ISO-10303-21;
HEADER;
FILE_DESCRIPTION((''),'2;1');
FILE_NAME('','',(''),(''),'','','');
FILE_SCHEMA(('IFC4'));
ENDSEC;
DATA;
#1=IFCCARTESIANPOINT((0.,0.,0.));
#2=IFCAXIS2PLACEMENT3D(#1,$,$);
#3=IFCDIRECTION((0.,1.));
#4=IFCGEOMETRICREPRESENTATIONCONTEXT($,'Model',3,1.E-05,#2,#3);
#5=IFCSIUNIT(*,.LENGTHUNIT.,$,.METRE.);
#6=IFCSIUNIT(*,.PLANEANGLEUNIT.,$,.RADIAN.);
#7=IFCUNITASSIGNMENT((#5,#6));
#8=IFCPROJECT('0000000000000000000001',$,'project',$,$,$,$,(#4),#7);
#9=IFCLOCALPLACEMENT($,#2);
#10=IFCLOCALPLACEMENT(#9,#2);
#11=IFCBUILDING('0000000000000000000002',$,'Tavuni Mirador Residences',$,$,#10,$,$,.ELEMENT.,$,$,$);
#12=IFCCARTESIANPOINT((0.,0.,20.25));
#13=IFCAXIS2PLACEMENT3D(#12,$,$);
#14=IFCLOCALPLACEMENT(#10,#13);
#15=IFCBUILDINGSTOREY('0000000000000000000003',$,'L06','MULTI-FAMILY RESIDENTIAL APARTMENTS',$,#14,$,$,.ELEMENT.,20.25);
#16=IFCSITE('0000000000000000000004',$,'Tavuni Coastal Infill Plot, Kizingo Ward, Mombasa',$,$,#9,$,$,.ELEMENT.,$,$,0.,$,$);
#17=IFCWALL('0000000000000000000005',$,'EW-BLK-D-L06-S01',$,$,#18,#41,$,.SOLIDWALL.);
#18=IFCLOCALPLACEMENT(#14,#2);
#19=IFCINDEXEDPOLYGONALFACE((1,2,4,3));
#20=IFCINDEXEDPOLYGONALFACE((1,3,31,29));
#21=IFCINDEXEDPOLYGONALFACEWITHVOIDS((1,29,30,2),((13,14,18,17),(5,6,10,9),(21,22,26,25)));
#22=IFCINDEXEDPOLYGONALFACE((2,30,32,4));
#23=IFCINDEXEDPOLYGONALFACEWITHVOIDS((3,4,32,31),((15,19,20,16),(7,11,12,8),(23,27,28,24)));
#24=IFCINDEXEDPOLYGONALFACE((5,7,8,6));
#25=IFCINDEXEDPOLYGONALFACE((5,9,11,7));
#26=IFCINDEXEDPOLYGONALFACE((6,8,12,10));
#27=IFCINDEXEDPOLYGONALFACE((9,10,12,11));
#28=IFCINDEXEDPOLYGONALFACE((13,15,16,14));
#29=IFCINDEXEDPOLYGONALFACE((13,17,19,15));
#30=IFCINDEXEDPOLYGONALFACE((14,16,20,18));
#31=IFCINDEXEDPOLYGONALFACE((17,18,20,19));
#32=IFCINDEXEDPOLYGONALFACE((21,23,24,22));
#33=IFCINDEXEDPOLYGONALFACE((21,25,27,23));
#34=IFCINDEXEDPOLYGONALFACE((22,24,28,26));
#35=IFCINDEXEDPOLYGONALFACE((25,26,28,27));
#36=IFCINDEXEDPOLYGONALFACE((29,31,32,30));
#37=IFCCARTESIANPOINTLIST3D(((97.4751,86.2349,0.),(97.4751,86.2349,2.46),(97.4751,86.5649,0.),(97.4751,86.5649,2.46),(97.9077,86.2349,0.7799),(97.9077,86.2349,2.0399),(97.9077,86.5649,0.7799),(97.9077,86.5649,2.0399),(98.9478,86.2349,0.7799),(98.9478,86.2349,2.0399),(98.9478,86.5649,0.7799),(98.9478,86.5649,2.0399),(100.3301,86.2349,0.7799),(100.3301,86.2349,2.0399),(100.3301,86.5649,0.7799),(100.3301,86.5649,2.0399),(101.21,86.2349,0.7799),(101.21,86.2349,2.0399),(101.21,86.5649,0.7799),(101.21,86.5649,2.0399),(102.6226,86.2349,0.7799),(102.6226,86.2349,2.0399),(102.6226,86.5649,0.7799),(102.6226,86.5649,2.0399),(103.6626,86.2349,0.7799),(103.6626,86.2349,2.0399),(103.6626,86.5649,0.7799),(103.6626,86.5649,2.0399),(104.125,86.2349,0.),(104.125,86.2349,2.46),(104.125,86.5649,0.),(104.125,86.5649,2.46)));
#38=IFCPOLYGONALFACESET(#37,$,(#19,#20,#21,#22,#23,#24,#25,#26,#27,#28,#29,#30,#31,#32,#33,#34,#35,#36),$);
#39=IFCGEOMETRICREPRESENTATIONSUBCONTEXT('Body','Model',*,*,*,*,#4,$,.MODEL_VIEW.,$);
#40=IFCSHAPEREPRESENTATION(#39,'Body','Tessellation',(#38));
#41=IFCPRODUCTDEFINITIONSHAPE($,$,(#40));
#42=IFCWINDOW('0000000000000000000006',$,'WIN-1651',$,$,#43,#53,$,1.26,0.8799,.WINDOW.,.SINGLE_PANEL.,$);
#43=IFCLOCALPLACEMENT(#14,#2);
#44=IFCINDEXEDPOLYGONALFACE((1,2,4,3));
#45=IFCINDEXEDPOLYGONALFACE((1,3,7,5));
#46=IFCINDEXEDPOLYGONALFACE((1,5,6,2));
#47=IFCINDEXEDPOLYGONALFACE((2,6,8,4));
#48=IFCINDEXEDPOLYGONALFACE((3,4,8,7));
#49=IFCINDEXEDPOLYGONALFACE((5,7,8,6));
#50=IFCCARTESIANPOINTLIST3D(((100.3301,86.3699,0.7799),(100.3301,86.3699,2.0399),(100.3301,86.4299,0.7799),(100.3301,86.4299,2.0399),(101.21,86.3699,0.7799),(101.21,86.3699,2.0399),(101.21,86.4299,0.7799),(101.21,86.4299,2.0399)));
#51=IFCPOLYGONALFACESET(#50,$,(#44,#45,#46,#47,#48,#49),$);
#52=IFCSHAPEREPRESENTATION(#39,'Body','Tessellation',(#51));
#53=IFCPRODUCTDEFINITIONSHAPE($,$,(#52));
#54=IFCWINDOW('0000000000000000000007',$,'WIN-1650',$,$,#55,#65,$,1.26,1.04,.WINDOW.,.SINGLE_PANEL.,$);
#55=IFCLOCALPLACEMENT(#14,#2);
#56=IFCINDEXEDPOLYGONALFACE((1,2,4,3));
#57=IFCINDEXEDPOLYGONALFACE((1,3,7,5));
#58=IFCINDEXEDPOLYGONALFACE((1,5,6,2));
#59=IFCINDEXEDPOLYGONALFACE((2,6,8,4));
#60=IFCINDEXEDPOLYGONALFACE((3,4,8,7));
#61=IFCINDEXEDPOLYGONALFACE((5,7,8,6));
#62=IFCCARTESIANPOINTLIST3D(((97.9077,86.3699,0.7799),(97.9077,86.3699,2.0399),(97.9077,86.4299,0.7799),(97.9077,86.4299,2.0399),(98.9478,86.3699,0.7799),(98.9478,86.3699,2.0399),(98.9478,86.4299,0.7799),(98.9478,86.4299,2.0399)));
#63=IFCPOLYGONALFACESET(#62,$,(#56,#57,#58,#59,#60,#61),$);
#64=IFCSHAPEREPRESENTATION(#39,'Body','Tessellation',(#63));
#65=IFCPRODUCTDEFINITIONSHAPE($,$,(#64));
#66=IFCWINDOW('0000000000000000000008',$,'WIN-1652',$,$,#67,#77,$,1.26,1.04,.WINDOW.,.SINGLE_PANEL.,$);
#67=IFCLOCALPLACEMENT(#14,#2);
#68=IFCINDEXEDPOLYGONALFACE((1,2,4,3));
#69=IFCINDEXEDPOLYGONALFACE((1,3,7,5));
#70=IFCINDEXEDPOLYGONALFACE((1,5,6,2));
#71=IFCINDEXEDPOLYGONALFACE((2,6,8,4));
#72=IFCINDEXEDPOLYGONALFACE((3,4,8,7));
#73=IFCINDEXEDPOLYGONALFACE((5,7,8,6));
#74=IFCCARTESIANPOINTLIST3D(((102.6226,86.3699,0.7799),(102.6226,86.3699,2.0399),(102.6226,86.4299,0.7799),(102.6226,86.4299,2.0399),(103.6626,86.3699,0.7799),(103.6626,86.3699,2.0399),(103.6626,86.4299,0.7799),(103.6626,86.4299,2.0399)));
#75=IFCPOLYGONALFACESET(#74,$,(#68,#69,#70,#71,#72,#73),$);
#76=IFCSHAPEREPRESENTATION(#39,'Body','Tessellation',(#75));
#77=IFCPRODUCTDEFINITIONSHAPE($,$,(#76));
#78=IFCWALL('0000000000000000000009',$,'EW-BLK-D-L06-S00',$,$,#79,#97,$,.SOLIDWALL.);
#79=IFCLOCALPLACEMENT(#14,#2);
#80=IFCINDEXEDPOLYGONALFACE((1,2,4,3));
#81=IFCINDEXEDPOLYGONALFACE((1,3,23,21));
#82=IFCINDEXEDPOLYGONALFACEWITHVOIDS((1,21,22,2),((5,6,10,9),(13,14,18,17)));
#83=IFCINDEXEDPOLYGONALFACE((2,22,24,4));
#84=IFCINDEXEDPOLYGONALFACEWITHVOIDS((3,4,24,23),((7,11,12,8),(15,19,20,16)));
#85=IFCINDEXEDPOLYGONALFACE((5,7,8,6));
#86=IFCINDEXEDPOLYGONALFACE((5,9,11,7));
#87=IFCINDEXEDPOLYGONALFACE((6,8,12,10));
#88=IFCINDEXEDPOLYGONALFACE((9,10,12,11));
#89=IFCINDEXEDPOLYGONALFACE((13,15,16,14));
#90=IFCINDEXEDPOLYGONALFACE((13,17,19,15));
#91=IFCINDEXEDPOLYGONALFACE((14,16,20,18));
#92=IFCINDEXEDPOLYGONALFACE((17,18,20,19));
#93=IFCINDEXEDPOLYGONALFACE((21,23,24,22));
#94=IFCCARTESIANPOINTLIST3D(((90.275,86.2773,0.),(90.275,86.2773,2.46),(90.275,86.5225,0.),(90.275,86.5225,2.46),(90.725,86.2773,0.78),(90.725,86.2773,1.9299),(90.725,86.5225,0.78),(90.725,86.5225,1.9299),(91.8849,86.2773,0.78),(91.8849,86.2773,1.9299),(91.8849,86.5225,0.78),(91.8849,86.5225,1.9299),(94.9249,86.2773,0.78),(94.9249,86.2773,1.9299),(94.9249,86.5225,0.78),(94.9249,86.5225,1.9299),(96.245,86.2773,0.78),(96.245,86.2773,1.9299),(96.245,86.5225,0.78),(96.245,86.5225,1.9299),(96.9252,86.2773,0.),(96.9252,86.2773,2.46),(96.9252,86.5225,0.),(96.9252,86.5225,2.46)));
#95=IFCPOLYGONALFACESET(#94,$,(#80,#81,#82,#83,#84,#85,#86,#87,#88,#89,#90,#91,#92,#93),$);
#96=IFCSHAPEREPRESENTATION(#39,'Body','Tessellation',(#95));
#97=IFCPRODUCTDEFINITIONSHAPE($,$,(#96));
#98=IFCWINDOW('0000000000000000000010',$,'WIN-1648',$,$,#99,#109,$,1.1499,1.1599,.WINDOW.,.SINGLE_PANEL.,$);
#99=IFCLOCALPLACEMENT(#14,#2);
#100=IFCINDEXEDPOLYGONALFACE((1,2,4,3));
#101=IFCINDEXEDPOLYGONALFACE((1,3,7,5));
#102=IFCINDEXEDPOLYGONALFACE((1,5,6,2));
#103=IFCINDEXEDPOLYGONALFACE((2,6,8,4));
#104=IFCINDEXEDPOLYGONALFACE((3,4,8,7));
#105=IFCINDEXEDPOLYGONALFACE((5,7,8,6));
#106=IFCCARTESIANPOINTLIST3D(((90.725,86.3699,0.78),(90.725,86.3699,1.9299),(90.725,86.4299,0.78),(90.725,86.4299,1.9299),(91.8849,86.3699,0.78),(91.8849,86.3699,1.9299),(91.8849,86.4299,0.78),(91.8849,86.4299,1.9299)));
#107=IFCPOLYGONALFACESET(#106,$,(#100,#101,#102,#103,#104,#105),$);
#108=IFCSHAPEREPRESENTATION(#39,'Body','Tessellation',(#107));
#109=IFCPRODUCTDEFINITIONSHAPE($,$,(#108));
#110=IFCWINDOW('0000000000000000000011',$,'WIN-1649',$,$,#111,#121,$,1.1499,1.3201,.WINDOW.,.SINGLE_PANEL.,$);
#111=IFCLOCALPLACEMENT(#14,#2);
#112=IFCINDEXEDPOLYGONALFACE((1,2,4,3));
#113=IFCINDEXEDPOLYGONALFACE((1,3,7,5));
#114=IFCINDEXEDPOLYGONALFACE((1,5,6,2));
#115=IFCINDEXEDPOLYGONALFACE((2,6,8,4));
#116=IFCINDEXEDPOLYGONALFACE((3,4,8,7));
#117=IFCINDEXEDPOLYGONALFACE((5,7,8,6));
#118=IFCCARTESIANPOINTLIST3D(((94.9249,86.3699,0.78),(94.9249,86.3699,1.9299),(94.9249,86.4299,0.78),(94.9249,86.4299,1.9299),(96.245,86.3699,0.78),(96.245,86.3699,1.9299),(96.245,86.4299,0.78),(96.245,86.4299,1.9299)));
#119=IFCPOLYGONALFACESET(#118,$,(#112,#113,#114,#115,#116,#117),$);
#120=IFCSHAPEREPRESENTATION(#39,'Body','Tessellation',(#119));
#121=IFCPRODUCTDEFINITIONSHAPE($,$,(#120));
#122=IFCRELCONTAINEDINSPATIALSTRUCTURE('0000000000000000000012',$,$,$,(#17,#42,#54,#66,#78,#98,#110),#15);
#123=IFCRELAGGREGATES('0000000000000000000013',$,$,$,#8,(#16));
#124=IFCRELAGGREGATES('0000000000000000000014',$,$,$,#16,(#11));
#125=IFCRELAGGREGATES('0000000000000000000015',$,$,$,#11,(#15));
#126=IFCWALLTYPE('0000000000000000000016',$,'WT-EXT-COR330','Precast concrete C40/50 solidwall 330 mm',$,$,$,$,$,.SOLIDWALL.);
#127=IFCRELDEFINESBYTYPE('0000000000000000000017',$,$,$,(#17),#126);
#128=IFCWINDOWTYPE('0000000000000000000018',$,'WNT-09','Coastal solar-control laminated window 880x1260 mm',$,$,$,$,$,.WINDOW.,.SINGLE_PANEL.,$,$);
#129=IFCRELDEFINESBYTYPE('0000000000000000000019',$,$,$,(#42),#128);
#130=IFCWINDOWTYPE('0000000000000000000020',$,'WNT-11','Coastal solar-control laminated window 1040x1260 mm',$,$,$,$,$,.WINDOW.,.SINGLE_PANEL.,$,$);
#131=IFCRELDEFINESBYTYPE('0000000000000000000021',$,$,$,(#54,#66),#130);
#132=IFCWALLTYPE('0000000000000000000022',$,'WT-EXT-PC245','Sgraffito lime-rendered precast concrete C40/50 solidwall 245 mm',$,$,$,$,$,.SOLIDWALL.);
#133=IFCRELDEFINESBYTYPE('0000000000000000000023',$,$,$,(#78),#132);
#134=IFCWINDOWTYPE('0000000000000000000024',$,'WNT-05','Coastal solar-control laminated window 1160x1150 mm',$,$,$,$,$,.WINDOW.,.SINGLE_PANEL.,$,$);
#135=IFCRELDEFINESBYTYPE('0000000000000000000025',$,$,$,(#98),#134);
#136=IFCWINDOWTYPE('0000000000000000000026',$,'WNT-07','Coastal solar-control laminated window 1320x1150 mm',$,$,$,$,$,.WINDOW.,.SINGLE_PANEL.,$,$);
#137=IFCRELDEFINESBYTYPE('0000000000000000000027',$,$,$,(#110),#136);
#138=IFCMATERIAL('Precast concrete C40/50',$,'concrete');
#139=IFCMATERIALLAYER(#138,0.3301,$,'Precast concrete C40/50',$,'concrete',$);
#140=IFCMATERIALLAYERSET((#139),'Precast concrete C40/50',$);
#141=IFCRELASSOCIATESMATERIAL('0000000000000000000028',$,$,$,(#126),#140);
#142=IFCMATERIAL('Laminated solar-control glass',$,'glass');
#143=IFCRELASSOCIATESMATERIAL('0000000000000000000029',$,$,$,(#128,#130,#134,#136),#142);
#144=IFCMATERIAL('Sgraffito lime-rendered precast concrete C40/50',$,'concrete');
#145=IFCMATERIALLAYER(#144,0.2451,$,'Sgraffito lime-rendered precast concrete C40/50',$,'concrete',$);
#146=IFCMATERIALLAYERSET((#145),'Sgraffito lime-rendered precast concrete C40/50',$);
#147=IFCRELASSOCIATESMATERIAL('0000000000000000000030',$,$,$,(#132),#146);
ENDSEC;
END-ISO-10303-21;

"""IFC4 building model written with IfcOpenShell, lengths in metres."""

from ifc_helpers import new_model, si_unit, direction, frame, frame_2d, origin, place, context, subcontext, project, spatial, rectangle, extrude, material, layer, layer_set, type_object, element, fill, save


model = new_model("IFC4")

# Units and contexts
model_context = context("Model", 3, precision=1e-05, world=origin(), true_north=direction((0.0, 1.0)))
body_context = subcontext(model_context, "Body", "Model", "MODEL_VIEW")
ifc_project = project(units=[si_unit("LENGTHUNIT", "METRE"), si_unit("PLANEANGLEUNIT", "RADIAN")], contexts=[model_context])

# Site, building, storey
site_placement = place(None, origin())
site = spatial("IfcSite", under=ifc_project, at=site_placement, Name="Tavuni Coastal Infill Plot, Kizingo Ward, Mombasa", CompositionType="ELEMENT", RefElevation=0.0)
building_placement = place(site_placement, origin())
building = spatial("IfcBuilding", under=site, at=building_placement, Name="Tavuni Mirador Residences", CompositionType="ELEMENT")
storey_placement = place(building_placement, frame((0.0, 0.0, 20.25)))
storey = spatial("IfcBuildingStorey", under=building, at=storey_placement, Name="L06", Description="MULTI-FAMILY RESIDENTIAL APARTMENTS", CompositionType="ELEMENT", Elevation=20.25)

# Shared definitions
ifc_material_1 = material(Name="Precast concrete C40/50", Category="concrete")

# Walls, openings, windows
ifc_layer_1 = layer(ifc_material_1, 0.3301, Name="Precast concrete C40/50", Category="concrete")
ifc_layer_set_1 = layer_set([ifc_layer_1], Name="Precast concrete C40/50")
wall_type_1 = type_object("IfcWallType", Name="WT-EXT-COR330", Description="Precast concrete C40/50 solidwall 330 mm", PredefinedType="SOLIDWALL", material=ifc_layer_set_1)
wall_1_placement = place(storey_placement, frame((97.4751, 86.3999, 0.0), z_axis=(0.0, 0.0, 1.0), x_axis=(1.0, 0.0, 0.0)))
wall_1 = element("IfcWall", 1, at=wall_1_placement, inside=storey, type_object=wall_type_1, Name="EW-BLK-D-L06-S01", PredefinedType="SOLIDWALL", context=body_context, shape_type="SweptSolid", body=[
    extrude(rectangle(XDim=6.6499, YDim=0.3301, at=frame_2d((3.325, 0.0))), origin(), (0.0, 0.0, 1.0), 2.46),
])
opening_1_placement = place(wall_1_placement, frame((0.4326, 0.0, 0.78)))
opening_1 = element("IfcOpeningElement", 2, at=opening_1_placement, cuts=wall_1, PredefinedType="OPENING", context=body_context, shape_type="SweptSolid", body=[
    extrude(rectangle(XDim=1.04, YDim=1.26, at=frame_2d((0.52, 0.6299))), frame((0.0, 0.175, 0.0), z_axis=(0.0, -1.0, 0.0), x_axis=(1.0, 0.0, 0.0)), (0.0, 0.0, 1.0), 0.3501),
])
opening_2_placement = place(wall_1_placement, frame((2.855, 0.0, 0.78)))
opening_2 = element("IfcOpeningElement", 3, at=opening_2_placement, cuts=wall_1, PredefinedType="OPENING", context=body_context, shape_type="SweptSolid", body=[
    extrude(rectangle(XDim=0.8799, YDim=1.26, at=frame_2d((0.4399, 0.6299))), frame((0.0, 0.175, 0.0), z_axis=(0.0, -1.0, 0.0), x_axis=(1.0, 0.0, 0.0)), (0.0, 0.0, 1.0), 0.3501),
])
opening_3_placement = place(wall_1_placement, frame((5.1475, 0.0, 0.78)))
opening_3 = element("IfcOpeningElement", 4, at=opening_3_placement, cuts=wall_1, PredefinedType="OPENING", context=body_context, shape_type="SweptSolid", body=[
    extrude(rectangle(XDim=1.04, YDim=1.26, at=frame_2d((0.52, 0.6299))), frame((0.0, 0.175, 0.0), z_axis=(0.0, -1.0, 0.0), x_axis=(1.0, 0.0, 0.0)), (0.0, 0.0, 1.0), 0.3501),
])
ifc_material_2 = material(Name="Laminated solar-control glass", Category="glass")
window_type_1 = type_object("IfcWindowType", Name="WNT-09", Description="Coastal solar-control laminated window 880x1260 mm", PartitioningType="SINGLE_PANEL", PredefinedType="WINDOW", material=ifc_material_2)
window_1_placement = place(opening_2_placement, origin())
window_1 = element("IfcWindow", 5, at=window_1_placement, inside=storey, type_object=window_type_1, Name="WIN-1651", OverallHeight=1.26, OverallWidth=0.8799, PartitioningType="SINGLE_PANEL", PredefinedType="WINDOW", context=body_context, shape_type="SweptSolid", body=[
    extrude(rectangle(XDim=0.8799, YDim=1.26, at=frame_2d((0.4399, 0.6299))), frame((0.0, 0.03, 0.0), z_axis=(0.0, -1.0, 0.0), x_axis=(1.0, 0.0, 0.0)), (0.0, 0.0, 1.0), 0.0601),
])
fill(opening_2, window_1)
window_type_2 = type_object("IfcWindowType", Name="WNT-11", Description="Coastal solar-control laminated window 1040x1260 mm", PartitioningType="SINGLE_PANEL", PredefinedType="WINDOW", material=ifc_material_2)
window_2_placement = place(opening_1_placement, origin())
window_2 = element("IfcWindow", 6, at=window_2_placement, inside=storey, type_object=window_type_2, Name="WIN-1650", OverallHeight=1.26, OverallWidth=1.04, PartitioningType="SINGLE_PANEL", PredefinedType="WINDOW", context=body_context, shape_type="SweptSolid", body=[
    extrude(rectangle(XDim=1.04, YDim=1.26, at=frame_2d((0.52, 0.6299))), frame((0.0, 0.03, 0.0), z_axis=(0.0, -1.0, 0.0), x_axis=(1.0, 0.0, 0.0)), (0.0, 0.0, 1.0), 0.0601),
])
fill(opening_1, window_2)
window_3_placement = place(opening_3_placement, origin())
window_3 = element("IfcWindow", 7, at=window_3_placement, inside=storey, type_object=window_type_2, Name="WIN-1652", OverallHeight=1.26, OverallWidth=1.04, PartitioningType="SINGLE_PANEL", PredefinedType="WINDOW", context=body_context, shape_type="SweptSolid", body=[
    extrude(rectangle(XDim=1.04, YDim=1.26, at=frame_2d((0.52, 0.6299))), frame((0.0, 0.03, 0.0), z_axis=(0.0, -1.0, 0.0), x_axis=(1.0, 0.0, 0.0)), (0.0, 0.0, 1.0), 0.0601),
])
fill(opening_3, window_3)
ifc_material_3 = material(Name="Sgraffito lime-rendered precast concrete C40/50", Category="concrete")
ifc_layer_2 = layer(ifc_material_3, 0.2451, Name="Sgraffito lime-rendered precast concrete C40/50", Category="concrete")
ifc_layer_set_2 = layer_set([ifc_layer_2], Name="Sgraffito lime-rendered precast concrete C40/50")
wall_type_2 = type_object("IfcWallType", Name="WT-EXT-PC245", Description="Sgraffito lime-rendered precast concrete C40/50 solidwall 245 mm", PredefinedType="SOLIDWALL", material=ifc_layer_set_2)
wall_2_placement = place(storey_placement, frame((90.2749, 86.3999, 0.0), z_axis=(0.0, 0.0, 1.0), x_axis=(1.0, 0.0, 0.0)))
wall_2 = element("IfcWall", 8, at=wall_2_placement, inside=storey, type_object=wall_type_2, Name="EW-BLK-D-L06-S00", PredefinedType="SOLIDWALL", context=body_context, shape_type="SweptSolid", body=[
    extrude(rectangle(XDim=6.6501, YDim=0.2451, at=frame_2d((3.3252, 0.0))), origin(), (0.0, 0.0, 1.0), 2.46),
])
opening_4_placement = place(wall_2_placement, frame((0.45, 0.0, 0.78)))
opening_4 = element("IfcOpeningElement", 9, at=opening_4_placement, cuts=wall_2, PredefinedType="OPENING", context=body_context, shape_type="SweptSolid", body=[
    extrude(rectangle(XDim=1.1599, YDim=1.1499, at=frame_2d((0.5801, 0.575))), frame((0.0, 0.1326, 0.0), z_axis=(0.0, -1.0, 0.0), x_axis=(1.0, 0.0, 0.0)), (0.0, 0.0, 1.0), 0.2651),
])
opening_5_placement = place(wall_2_placement, frame((4.6499, 0.0, 0.78)))
opening_5 = element("IfcOpeningElement", 10, at=opening_5_placement, cuts=wall_2, PredefinedType="OPENING", context=body_context, shape_type="SweptSolid", body=[
    extrude(rectangle(XDim=1.3201, YDim=1.1499, at=frame_2d((0.6602, 0.575))), frame((0.0, 0.1326, 0.0), z_axis=(0.0, -1.0, 0.0), x_axis=(1.0, 0.0, 0.0)), (0.0, 0.0, 1.0), 0.2651),
])
window_type_3 = type_object("IfcWindowType", Name="WNT-05", Description="Coastal solar-control laminated window 1160x1150 mm", PartitioningType="SINGLE_PANEL", PredefinedType="WINDOW", material=ifc_material_2)
window_4_placement = place(opening_4_placement, origin())
window_4 = element("IfcWindow", 11, at=window_4_placement, inside=storey, type_object=window_type_3, Name="WIN-1648", OverallHeight=1.1499, OverallWidth=1.1599, PartitioningType="SINGLE_PANEL", PredefinedType="WINDOW", context=body_context, shape_type="SweptSolid", body=[
    extrude(rectangle(XDim=1.1599, YDim=1.1499, at=frame_2d((0.5801, 0.575))), frame((0.0, 0.03, 0.0), z_axis=(0.0, -1.0, 0.0), x_axis=(1.0, 0.0, 0.0)), (0.0, 0.0, 1.0), 0.0601),
])
fill(opening_4, window_4)
window_type_4 = type_object("IfcWindowType", Name="WNT-07", Description="Coastal solar-control laminated window 1320x1150 mm", PartitioningType="SINGLE_PANEL", PredefinedType="WINDOW", material=ifc_material_2)
window_5_placement = place(opening_5_placement, origin())
window_5 = element("IfcWindow", 12, at=window_5_placement, inside=storey, type_object=window_type_4, Name="WIN-1649", OverallHeight=1.1499, OverallWidth=1.3201, PartitioningType="SINGLE_PANEL", PredefinedType="WINDOW", context=body_context, shape_type="SweptSolid", body=[
    extrude(rectangle(XDim=1.3201, YDim=1.1499, at=frame_2d((0.6602, 0.575))), frame((0.0, 0.03, 0.0), z_axis=(0.0, -1.0, 0.0), x_axis=(1.0, 0.0, 0.0)), (0.0, 0.0, 1.0), 0.0601),
])
fill(opening_5, window_5)

save(model, "model.ifc")
